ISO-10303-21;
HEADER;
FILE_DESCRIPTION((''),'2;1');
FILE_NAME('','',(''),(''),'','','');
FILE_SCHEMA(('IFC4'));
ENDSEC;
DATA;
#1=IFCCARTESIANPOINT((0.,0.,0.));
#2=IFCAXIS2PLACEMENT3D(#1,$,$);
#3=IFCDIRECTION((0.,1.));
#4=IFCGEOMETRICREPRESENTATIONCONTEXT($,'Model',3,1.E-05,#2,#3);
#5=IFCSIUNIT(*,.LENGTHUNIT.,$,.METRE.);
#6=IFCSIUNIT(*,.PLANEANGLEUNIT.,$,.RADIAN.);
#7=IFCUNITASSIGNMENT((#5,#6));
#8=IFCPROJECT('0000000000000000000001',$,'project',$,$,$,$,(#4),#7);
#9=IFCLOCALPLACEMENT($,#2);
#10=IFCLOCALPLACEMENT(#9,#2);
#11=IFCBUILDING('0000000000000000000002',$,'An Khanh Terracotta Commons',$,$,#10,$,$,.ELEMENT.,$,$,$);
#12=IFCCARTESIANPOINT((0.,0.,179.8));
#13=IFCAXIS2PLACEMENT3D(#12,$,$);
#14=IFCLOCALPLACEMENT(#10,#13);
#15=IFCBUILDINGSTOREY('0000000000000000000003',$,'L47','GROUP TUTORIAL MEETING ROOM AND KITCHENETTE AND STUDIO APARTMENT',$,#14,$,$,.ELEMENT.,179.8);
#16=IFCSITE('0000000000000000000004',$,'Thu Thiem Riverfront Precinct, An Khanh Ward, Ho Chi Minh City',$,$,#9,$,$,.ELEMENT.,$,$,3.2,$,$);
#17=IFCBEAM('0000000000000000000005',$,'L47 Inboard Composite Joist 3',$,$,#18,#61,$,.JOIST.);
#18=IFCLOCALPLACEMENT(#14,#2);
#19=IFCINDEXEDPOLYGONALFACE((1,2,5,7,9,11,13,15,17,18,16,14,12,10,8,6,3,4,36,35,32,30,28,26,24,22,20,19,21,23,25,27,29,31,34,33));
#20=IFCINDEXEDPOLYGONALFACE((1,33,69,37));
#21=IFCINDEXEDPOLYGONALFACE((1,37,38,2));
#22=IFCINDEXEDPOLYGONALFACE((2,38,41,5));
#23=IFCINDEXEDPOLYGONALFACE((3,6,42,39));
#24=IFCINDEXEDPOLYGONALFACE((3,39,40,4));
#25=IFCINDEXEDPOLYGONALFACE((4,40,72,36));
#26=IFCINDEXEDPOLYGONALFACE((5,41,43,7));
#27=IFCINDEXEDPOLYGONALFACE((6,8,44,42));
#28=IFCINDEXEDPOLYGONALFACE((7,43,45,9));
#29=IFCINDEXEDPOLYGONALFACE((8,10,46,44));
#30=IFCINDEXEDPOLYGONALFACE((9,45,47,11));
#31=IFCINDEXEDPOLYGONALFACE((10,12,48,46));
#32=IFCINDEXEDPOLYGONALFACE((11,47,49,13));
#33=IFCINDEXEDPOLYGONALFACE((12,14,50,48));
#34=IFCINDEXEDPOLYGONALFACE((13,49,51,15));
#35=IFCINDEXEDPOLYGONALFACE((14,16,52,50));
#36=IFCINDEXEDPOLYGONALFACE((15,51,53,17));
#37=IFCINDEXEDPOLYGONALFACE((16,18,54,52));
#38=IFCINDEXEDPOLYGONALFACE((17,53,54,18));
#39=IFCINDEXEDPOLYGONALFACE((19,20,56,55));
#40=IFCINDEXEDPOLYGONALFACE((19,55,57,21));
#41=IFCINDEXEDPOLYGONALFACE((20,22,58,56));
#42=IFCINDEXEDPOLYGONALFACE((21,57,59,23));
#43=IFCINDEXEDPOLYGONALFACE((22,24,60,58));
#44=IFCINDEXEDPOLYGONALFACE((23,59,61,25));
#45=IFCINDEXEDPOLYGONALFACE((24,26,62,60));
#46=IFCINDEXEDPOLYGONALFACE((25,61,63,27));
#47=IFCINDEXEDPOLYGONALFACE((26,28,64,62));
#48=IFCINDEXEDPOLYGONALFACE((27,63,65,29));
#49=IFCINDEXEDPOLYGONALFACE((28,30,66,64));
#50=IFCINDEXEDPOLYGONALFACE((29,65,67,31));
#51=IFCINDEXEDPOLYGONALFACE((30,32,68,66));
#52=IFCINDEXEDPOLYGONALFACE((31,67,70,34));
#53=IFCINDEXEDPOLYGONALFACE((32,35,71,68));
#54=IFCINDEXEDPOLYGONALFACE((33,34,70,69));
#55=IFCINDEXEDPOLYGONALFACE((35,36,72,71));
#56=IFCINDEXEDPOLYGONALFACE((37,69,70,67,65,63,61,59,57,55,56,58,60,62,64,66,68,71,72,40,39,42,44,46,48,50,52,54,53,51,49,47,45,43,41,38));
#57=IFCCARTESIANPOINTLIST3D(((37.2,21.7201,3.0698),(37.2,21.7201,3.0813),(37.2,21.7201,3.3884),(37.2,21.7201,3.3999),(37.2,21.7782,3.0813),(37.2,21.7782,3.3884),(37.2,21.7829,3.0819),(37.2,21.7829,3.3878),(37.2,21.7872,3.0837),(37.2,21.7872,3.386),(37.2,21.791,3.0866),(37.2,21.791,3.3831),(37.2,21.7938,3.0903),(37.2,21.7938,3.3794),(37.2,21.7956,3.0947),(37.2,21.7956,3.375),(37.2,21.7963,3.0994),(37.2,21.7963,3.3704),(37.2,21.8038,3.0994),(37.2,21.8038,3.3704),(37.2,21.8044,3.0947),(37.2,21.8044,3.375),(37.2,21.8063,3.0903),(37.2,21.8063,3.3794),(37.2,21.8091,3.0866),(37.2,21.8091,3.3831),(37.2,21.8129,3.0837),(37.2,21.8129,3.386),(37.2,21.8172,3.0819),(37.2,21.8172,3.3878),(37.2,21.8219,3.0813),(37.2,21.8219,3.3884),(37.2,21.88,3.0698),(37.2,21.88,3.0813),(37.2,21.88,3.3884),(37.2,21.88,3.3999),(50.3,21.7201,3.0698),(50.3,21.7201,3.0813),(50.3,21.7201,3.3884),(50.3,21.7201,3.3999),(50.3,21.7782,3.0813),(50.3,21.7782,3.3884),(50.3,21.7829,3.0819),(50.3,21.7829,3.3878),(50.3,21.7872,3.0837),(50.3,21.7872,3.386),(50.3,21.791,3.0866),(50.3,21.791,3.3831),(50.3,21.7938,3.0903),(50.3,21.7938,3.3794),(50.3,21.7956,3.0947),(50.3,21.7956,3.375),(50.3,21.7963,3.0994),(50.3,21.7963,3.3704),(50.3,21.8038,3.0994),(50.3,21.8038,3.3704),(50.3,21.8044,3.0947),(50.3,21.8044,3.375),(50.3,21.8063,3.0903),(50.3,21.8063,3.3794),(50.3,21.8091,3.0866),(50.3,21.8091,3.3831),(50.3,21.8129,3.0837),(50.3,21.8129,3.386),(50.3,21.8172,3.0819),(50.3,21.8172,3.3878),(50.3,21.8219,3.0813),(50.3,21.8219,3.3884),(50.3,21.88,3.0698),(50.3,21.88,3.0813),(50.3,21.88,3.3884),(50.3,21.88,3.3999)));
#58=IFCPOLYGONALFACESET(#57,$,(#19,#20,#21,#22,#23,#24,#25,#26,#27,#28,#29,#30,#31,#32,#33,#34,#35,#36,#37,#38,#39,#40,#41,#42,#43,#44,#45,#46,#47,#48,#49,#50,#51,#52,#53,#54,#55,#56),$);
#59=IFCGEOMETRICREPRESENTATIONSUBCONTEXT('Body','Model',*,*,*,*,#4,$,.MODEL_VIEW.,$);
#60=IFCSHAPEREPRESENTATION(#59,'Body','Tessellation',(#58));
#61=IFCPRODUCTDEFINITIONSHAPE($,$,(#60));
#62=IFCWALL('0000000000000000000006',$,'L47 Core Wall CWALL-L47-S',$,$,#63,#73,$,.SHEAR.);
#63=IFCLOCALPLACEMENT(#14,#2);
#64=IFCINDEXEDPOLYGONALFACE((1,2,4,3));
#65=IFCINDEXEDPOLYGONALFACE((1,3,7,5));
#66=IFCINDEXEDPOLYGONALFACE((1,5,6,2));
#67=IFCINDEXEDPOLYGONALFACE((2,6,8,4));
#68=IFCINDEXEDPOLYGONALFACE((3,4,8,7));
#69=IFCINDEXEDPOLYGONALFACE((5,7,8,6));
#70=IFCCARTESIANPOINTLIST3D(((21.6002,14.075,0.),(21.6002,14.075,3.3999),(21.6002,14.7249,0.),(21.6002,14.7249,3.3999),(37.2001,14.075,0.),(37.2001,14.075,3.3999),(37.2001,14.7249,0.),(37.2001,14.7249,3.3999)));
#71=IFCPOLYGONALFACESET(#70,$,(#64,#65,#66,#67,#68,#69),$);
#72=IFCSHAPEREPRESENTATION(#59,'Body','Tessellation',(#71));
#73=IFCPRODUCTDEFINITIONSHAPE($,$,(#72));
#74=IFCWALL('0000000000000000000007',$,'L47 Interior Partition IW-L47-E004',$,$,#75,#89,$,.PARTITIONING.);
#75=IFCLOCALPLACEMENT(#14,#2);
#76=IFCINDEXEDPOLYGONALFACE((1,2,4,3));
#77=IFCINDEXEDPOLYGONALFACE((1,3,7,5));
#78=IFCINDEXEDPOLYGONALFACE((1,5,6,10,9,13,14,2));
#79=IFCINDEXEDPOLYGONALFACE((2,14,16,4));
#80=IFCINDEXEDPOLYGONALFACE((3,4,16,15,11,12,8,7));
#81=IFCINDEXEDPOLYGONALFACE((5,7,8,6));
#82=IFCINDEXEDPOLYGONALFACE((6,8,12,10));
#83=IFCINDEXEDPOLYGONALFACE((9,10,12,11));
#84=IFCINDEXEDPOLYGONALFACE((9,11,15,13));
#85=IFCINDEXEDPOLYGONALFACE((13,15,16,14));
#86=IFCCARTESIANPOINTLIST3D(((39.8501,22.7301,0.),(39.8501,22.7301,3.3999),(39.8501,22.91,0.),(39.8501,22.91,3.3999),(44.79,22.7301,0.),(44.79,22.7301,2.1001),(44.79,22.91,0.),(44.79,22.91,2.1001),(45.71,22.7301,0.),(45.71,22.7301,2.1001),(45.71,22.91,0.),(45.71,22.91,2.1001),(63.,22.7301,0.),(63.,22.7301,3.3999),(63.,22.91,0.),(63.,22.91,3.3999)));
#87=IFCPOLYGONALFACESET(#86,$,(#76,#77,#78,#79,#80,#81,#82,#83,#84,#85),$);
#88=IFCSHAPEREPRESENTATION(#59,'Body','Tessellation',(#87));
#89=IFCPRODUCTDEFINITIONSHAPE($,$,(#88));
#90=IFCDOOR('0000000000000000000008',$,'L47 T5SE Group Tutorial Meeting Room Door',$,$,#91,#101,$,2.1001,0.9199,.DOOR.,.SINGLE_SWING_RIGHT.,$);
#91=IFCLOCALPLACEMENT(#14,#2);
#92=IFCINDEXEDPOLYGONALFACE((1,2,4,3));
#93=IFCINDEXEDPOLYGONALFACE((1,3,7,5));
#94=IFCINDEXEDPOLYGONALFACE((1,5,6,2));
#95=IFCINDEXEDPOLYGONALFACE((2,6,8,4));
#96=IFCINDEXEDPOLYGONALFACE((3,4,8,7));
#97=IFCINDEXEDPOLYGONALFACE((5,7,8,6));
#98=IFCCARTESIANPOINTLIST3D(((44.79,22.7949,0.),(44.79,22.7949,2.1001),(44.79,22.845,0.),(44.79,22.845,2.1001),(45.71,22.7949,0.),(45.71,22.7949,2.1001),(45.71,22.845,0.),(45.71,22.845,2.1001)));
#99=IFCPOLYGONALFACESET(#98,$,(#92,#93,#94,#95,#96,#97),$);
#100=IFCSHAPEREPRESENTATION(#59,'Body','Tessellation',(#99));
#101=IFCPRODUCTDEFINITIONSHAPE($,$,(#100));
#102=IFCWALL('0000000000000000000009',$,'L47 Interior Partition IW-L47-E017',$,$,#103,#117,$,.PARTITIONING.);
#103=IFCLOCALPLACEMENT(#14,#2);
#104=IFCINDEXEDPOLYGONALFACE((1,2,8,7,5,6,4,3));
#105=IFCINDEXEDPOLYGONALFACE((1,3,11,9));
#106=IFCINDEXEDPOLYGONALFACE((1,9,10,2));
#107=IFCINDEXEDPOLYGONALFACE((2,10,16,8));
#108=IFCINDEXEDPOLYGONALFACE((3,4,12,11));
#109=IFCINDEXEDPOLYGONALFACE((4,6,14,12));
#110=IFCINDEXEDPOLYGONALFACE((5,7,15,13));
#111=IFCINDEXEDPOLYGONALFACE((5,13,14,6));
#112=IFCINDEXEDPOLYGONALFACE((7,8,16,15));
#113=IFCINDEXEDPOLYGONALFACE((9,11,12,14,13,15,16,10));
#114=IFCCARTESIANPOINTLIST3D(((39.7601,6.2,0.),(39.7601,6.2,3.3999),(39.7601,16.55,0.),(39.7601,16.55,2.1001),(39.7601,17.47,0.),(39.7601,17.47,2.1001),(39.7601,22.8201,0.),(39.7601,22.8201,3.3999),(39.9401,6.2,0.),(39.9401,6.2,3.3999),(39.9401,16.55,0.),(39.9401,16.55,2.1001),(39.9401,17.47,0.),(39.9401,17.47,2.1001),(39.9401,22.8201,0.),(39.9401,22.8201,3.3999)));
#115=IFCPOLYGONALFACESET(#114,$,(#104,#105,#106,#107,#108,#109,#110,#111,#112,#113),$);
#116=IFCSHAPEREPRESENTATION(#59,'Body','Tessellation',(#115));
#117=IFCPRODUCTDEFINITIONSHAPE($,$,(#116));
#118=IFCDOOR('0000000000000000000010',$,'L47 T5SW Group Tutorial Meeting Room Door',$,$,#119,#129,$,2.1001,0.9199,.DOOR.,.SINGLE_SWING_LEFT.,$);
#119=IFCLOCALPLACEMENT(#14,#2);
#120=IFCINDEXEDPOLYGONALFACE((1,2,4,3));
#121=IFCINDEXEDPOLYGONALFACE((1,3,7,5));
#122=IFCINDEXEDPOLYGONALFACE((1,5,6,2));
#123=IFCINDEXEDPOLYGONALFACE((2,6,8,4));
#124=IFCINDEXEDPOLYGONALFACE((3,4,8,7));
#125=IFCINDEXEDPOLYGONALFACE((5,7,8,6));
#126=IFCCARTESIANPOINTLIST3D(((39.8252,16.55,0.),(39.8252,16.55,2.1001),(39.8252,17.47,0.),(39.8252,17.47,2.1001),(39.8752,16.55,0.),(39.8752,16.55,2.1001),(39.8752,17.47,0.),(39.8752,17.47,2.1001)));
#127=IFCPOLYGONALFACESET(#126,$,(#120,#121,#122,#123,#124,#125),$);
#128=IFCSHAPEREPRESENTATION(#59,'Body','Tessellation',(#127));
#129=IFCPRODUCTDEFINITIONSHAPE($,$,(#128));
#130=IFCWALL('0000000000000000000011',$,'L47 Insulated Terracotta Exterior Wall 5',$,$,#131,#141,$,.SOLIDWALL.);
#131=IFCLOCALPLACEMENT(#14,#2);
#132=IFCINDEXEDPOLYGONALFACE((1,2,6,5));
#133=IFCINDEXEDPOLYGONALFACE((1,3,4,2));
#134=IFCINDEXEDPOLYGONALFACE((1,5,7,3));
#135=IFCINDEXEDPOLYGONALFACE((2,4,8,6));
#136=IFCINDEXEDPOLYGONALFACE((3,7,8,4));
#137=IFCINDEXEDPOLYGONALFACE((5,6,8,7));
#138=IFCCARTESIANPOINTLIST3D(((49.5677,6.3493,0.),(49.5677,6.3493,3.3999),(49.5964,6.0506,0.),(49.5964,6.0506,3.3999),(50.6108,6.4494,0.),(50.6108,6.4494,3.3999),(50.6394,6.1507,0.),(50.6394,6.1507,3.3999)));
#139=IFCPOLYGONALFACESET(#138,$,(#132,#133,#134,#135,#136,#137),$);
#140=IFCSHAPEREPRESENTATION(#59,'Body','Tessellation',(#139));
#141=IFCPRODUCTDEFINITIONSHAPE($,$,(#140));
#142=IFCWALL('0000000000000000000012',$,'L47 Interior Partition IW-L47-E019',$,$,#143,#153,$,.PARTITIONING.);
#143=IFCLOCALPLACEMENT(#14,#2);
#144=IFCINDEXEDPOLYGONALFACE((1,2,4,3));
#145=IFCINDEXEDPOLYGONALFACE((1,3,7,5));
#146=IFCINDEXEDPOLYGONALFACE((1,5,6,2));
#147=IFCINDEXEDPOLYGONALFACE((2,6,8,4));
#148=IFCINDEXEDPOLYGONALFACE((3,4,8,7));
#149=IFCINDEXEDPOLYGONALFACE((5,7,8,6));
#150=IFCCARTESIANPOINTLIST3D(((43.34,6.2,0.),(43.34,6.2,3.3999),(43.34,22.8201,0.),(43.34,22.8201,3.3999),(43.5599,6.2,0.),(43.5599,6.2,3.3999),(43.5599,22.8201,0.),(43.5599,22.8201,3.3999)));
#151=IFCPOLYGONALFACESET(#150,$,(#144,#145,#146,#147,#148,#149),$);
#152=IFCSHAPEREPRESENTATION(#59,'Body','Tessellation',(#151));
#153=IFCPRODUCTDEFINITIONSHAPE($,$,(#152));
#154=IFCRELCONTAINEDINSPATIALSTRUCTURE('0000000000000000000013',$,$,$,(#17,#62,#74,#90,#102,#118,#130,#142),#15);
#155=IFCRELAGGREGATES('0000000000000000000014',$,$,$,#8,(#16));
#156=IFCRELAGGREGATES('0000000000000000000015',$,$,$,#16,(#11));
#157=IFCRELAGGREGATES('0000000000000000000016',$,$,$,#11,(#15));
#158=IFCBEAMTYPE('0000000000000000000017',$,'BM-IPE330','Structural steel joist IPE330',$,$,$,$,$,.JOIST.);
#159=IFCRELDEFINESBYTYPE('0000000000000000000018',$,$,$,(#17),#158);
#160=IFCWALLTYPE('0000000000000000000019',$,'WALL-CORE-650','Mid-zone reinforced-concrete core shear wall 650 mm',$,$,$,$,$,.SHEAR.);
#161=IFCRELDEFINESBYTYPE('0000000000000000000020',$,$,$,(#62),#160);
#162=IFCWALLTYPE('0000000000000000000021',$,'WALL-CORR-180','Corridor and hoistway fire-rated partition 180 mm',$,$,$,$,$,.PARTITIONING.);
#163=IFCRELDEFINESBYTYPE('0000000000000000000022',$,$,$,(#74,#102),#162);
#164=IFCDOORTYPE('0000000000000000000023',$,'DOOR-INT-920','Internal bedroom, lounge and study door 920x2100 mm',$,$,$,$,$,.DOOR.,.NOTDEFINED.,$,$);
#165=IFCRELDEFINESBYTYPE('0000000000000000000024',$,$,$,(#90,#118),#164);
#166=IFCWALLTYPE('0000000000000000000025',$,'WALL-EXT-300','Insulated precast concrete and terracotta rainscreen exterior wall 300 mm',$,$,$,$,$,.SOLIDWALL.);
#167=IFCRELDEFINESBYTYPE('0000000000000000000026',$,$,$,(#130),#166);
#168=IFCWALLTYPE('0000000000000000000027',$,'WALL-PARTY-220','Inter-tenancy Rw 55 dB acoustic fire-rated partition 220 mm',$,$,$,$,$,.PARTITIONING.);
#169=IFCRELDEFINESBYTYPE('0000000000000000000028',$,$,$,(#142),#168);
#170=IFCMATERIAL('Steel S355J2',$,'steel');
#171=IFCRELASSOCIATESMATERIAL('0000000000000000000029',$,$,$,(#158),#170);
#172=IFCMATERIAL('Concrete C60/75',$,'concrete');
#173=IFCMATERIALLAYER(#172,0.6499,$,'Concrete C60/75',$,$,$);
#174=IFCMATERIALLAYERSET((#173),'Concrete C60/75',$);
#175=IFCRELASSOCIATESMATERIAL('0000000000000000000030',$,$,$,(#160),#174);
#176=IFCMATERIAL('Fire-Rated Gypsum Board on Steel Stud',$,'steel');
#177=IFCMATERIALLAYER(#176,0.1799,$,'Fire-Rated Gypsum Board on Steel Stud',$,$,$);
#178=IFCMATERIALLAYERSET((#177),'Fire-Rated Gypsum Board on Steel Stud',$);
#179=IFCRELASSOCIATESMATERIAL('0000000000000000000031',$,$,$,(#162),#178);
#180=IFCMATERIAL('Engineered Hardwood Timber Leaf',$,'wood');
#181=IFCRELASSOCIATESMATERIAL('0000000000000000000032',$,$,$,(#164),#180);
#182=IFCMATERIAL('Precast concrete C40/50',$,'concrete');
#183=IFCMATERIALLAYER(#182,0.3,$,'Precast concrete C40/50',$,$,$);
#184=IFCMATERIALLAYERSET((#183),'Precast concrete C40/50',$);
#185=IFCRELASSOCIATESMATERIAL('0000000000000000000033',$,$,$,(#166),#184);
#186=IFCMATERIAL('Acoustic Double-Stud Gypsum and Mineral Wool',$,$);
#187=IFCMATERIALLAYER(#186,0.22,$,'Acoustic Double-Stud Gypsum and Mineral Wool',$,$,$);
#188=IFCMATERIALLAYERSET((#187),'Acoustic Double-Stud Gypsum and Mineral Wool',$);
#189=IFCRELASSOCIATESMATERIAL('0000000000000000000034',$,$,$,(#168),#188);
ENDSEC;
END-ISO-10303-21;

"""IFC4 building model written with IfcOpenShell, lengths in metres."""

from ifc_helpers import new_model, si_unit, direction, frame, frame_2d, origin, origin_2d, place, context, subcontext, project, spatial, rectangle, i_section, extrude, material, layer, layer_set, material_profile, profile_set, type_object, element, fill, save


model = new_model("IFC4")

# Units and contexts
model_context = context("Model", 3, precision=1e-05, world=origin(), true_north=direction((0.0, 1.0)))
body_context = subcontext(model_context, "Body", "Model", "MODEL_VIEW")
ifc_project = project(units=[si_unit("LENGTHUNIT", "METRE"), si_unit("PLANEANGLEUNIT", "RADIAN")], contexts=[model_context])

# Site, building, storey
site_placement = place(None, origin())
site = spatial("IfcSite", under=ifc_project, at=site_placement, Name="Thu Thiem Riverfront Precinct, An Khanh Ward, Ho Chi Minh City", CompositionType="ELEMENT", RefElevation=3.2)
building_placement = place(site_placement, origin())
building = spatial("IfcBuilding", under=site, at=building_placement, Name="An Khanh Terracotta Commons", CompositionType="ELEMENT")
storey_placement = place(building_placement, frame((0.0, 0.0, 179.8)))
storey = spatial("IfcBuildingStorey", under=building, at=storey_placement, Name="L47", Description="GROUP TUTORIAL MEETING ROOM AND KITCHENETTE AND STUDIO APARTMENT", CompositionType="ELEMENT", Elevation=179.8)

# Shared definitions
ifc_material_1 = material(Name="Concrete C60/75", Category="concrete")

# Beam
ifc_material_2 = material(Name="Steel S355J2", Category="steel")
ifc_material_profile_1 = material_profile(ifc_material_2, i_section(OverallWidth=0.1599, OverallDepth=0.3301, WebThickness=0.0076, FlangeThickness=0.0115, FilletRadius=0.0181, at=origin_2d()), Name="IPE330")
ifc_profile_set_1 = profile_set([ifc_material_profile_1], Name="Steel S355J2")
beam_type_1 = type_object("IfcBeamType", Name="BM-IPE330", Description="Structural steel joist IPE330", PredefinedType="JOIST", material=ifc_profile_set_1)
for number, where, z_axis, x_axis, name in (
    (1, (37.2, 21.8, 3.2349), (1.0, 0.0, 0.0), (0.0, 1.0, 0.0), "L47 Inboard Composite Joist 3"),
):
    element("IfcBeam", number, at=place(storey_placement, frame(where, z_axis=z_axis, x_axis=x_axis)), inside=storey, type_object=beam_type_1, Name=name, PredefinedType="JOIST", context=body_context, shape_type="SweptSolid", body=[
        extrude(i_section(OverallWidth=0.1599, OverallDepth=0.3301, WebThickness=0.0076, FlangeThickness=0.0115, FilletRadius=0.0181, at=origin_2d()), origin(), (0.0, 0.0, 1.0), 13.1001),
    ])

# Wall
ifc_layer_1 = layer(ifc_material_1, 0.6499, Name="Concrete C60/75")
ifc_layer_set_1 = layer_set([ifc_layer_1], Name="Concrete C60/75")
wall_type_1 = type_object("IfcWallType", Name="WALL-CORE-650", Description="Mid-zone reinforced-concrete core shear wall 650 mm", PredefinedType="SHEAR", material=ifc_layer_set_1)
wall_1_placement = place(storey_placement, frame((37.2, 14.3999, 0.0), z_axis=(0.0, 0.0, 1.0), x_axis=(-1.0, 0.0, 0.0)))
element("IfcWall", 2, at=wall_1_placement, inside=storey, type_object=wall_type_1, Name="L47 Core Wall CWALL-L47-S", PredefinedType="SHEAR", context=body_context, shape_type="SweptSolid", body=[
    extrude(rectangle(XDim=15.5999, YDim=0.6499, at=frame_2d((7.7998, 0.0))), origin(), (0.0, 0.0, 1.0), 3.3999),
])

# Walls, openings, doors
ifc_material_3 = material(Name="Fire-Rated Gypsum Board on Steel Stud", Category="steel")
ifc_layer_2 = layer(ifc_material_3, 0.1799, Name="Fire-Rated Gypsum Board on Steel Stud")
ifc_layer_set_2 = layer_set([ifc_layer_2], Name="Fire-Rated Gypsum Board on Steel Stud")
wall_type_2 = type_object("IfcWallType", Name="WALL-CORR-180", Description="Corridor and hoistway fire-rated partition 180 mm", PredefinedType="PARTITIONING", material=ifc_layer_set_2)
wall_2_placement = place(storey_placement, frame((39.8501, 22.8201, 0.0), z_axis=(0.0, 0.0, 1.0), x_axis=(1.0, 0.0, 0.0)))
wall_2 = element("IfcWall", 3, at=wall_2_placement, inside=storey, type_object=wall_type_2, Name="L47 Interior Partition IW-L47-E004", PredefinedType="PARTITIONING", context=body_context, shape_type="SweptSolid", body=[
    extrude(rectangle(XDim=23.1499, YDim=0.1799, at=frame_2d((11.575, 0.0))), origin(), (0.0, 0.0, 1.0), 3.3999),
])
opening_1_placement = place(wall_2_placement, frame((4.9399, 0.0, 0.0)))
opening_1 = element("IfcOpeningElement", 4, at=opening_1_placement, cuts=wall_2, PredefinedType="OPENING", context=body_context, shape_type="SweptSolid", body=[
    extrude(rectangle(XDim=0.9199, YDim=2.1001, at=frame_2d((0.46, 1.05))), frame((0.0, 0.0999, 0.0), z_axis=(0.0, -1.0, 0.0), x_axis=(1.0, 0.0, 0.0)), (0.0, 0.0, 1.0), 0.2),
])
ifc_material_4 = material(Name="Engineered Hardwood Timber Leaf", Category="wood")
door_type_1 = type_object("IfcDoorType", Name="DOOR-INT-920", Description="Internal bedroom, lounge and study door 920x2100 mm", OperationType="NOTDEFINED", PredefinedType="DOOR", material=ifc_material_4)
door_1_placement = place(opening_1_placement, origin())
door_1 = element("IfcDoor", 5, at=door_1_placement, inside=storey, type_object=door_type_1, Name="L47 T5SE Group Tutorial Meeting Room Door", OperationType="SINGLE_SWING_RIGHT", OverallHeight=2.1001, OverallWidth=0.9199, PredefinedType="DOOR", context=body_context, shape_type="SweptSolid", body=[
    extrude(rectangle(XDim=0.9199, YDim=2.1001, at=frame_2d((0.46, 1.05))), frame((0.0, 0.0249, 0.0), z_axis=(0.0, -1.0, 0.0), x_axis=(1.0, 0.0, 0.0)), (0.0, 0.0, 1.0), 0.05),
])
fill(opening_1, door_1)
wall_3_placement = place(storey_placement, frame((39.8501, 6.2, 0.0), z_axis=(0.0, 0.0, 1.0), x_axis=(0.0, 1.0, 0.0)))
wall_3 = element("IfcWall", 6, at=wall_3_placement, inside=storey, type_object=wall_type_2, Name="L47 Interior Partition IW-L47-E017", PredefinedType="PARTITIONING", context=body_context, shape_type="SweptSolid", body=[
    extrude(rectangle(XDim=16.6201, YDim=0.1799, at=frame_2d((8.3101, 0.0))), origin(), (0.0, 0.0, 1.0), 3.3999),
])
opening_2_placement = place(wall_3_placement, frame((10.3501, 0.0, 0.0)))
opening_2 = element("IfcOpeningElement", 7, at=opening_2_placement, cuts=wall_3, PredefinedType="OPENING", context=body_context, shape_type="SweptSolid", body=[
    extrude(rectangle(XDim=0.9199, YDim=2.1001, at=frame_2d((0.46, 1.05))), frame((0.0, 0.0999, 0.0), z_axis=(0.0, -1.0, 0.0), x_axis=(1.0, 0.0, 0.0)), (0.0, 0.0, 1.0), 0.2),
])
door_2_placement = place(opening_2_placement, origin())
door_2 = element("IfcDoor", 8, at=door_2_placement, inside=storey, type_object=door_type_1, Name="L47 T5SW Group Tutorial Meeting Room Door", OperationType="SINGLE_SWING_LEFT", OverallHeight=2.1001, OverallWidth=0.9199, PredefinedType="DOOR", context=body_context, shape_type="SweptSolid", body=[
    extrude(rectangle(XDim=0.9199, YDim=2.1001, at=frame_2d((0.46, 1.05))), frame((0.0, 0.0249, 0.0), z_axis=(0.0, -1.0, 0.0), x_axis=(1.0, 0.0, 0.0)), (0.0, 0.0, 1.0), 0.05),
])
fill(opening_2, door_2)

# Walls
ifc_material_5 = material(Name="Precast concrete C40/50", Category="concrete")
ifc_layer_3 = layer(ifc_material_5, 0.3, Name="Precast concrete C40/50")
ifc_layer_set_3 = layer_set([ifc_layer_3], Name="Precast concrete C40/50")
wall_type_3 = type_object("IfcWallType", Name="WALL-EXT-300", Description="Insulated precast concrete and terracotta rainscreen exterior wall 300 mm", PredefinedType="SOLIDWALL", material=ifc_layer_set_3)
wall_4_placement = place(storey_placement, frame((49.582, 6.2, 0.0), z_axis=(0.0, 0.0, 1.0), x_axis=(0.995426, 0.095535, 0.0)))
element("IfcWall", 9, at=wall_4_placement, inside=storey, type_object=wall_type_3, Name="L47 Insulated Terracotta Exterior Wall 5", PredefinedType="SOLIDWALL", context=body_context, shape_type="SweptSolid", body=[
    extrude(rectangle(XDim=1.0479, YDim=0.3, at=frame_2d((0.5239, 0.0))), origin(), (0.0, 0.0, 1.0), 3.3999),
])
ifc_material_6 = material(Name="Acoustic Double-Stud Gypsum and Mineral Wool")
ifc_layer_4 = layer(ifc_material_6, 0.22, Name="Acoustic Double-Stud Gypsum and Mineral Wool")
ifc_layer_set_4 = layer_set([ifc_layer_4], Name="Acoustic Double-Stud Gypsum and Mineral Wool")
wall_type_4 = type_object("IfcWallType", Name="WALL-PARTY-220", Description="Inter-tenancy Rw 55 dB acoustic fire-rated partition 220 mm", PredefinedType="PARTITIONING", material=ifc_layer_set_4)
wall_5_placement = place(storey_placement, frame((43.45, 6.2, 0.0), z_axis=(0.0, 0.0, 1.0), x_axis=(0.0, 1.0, 0.0)))
element("IfcWall", 10, at=wall_5_placement, inside=storey, type_object=wall_type_4, Name="L47 Interior Partition IW-L47-E019", PredefinedType="PARTITIONING", context=body_context, shape_type="SweptSolid", body=[
    extrude(rectangle(XDim=16.6201, YDim=0.22, at=frame_2d((8.3101, 0.0))), origin(), (0.0, 0.0, 1.0), 3.3999),
])

save(model, "model.ifc")
